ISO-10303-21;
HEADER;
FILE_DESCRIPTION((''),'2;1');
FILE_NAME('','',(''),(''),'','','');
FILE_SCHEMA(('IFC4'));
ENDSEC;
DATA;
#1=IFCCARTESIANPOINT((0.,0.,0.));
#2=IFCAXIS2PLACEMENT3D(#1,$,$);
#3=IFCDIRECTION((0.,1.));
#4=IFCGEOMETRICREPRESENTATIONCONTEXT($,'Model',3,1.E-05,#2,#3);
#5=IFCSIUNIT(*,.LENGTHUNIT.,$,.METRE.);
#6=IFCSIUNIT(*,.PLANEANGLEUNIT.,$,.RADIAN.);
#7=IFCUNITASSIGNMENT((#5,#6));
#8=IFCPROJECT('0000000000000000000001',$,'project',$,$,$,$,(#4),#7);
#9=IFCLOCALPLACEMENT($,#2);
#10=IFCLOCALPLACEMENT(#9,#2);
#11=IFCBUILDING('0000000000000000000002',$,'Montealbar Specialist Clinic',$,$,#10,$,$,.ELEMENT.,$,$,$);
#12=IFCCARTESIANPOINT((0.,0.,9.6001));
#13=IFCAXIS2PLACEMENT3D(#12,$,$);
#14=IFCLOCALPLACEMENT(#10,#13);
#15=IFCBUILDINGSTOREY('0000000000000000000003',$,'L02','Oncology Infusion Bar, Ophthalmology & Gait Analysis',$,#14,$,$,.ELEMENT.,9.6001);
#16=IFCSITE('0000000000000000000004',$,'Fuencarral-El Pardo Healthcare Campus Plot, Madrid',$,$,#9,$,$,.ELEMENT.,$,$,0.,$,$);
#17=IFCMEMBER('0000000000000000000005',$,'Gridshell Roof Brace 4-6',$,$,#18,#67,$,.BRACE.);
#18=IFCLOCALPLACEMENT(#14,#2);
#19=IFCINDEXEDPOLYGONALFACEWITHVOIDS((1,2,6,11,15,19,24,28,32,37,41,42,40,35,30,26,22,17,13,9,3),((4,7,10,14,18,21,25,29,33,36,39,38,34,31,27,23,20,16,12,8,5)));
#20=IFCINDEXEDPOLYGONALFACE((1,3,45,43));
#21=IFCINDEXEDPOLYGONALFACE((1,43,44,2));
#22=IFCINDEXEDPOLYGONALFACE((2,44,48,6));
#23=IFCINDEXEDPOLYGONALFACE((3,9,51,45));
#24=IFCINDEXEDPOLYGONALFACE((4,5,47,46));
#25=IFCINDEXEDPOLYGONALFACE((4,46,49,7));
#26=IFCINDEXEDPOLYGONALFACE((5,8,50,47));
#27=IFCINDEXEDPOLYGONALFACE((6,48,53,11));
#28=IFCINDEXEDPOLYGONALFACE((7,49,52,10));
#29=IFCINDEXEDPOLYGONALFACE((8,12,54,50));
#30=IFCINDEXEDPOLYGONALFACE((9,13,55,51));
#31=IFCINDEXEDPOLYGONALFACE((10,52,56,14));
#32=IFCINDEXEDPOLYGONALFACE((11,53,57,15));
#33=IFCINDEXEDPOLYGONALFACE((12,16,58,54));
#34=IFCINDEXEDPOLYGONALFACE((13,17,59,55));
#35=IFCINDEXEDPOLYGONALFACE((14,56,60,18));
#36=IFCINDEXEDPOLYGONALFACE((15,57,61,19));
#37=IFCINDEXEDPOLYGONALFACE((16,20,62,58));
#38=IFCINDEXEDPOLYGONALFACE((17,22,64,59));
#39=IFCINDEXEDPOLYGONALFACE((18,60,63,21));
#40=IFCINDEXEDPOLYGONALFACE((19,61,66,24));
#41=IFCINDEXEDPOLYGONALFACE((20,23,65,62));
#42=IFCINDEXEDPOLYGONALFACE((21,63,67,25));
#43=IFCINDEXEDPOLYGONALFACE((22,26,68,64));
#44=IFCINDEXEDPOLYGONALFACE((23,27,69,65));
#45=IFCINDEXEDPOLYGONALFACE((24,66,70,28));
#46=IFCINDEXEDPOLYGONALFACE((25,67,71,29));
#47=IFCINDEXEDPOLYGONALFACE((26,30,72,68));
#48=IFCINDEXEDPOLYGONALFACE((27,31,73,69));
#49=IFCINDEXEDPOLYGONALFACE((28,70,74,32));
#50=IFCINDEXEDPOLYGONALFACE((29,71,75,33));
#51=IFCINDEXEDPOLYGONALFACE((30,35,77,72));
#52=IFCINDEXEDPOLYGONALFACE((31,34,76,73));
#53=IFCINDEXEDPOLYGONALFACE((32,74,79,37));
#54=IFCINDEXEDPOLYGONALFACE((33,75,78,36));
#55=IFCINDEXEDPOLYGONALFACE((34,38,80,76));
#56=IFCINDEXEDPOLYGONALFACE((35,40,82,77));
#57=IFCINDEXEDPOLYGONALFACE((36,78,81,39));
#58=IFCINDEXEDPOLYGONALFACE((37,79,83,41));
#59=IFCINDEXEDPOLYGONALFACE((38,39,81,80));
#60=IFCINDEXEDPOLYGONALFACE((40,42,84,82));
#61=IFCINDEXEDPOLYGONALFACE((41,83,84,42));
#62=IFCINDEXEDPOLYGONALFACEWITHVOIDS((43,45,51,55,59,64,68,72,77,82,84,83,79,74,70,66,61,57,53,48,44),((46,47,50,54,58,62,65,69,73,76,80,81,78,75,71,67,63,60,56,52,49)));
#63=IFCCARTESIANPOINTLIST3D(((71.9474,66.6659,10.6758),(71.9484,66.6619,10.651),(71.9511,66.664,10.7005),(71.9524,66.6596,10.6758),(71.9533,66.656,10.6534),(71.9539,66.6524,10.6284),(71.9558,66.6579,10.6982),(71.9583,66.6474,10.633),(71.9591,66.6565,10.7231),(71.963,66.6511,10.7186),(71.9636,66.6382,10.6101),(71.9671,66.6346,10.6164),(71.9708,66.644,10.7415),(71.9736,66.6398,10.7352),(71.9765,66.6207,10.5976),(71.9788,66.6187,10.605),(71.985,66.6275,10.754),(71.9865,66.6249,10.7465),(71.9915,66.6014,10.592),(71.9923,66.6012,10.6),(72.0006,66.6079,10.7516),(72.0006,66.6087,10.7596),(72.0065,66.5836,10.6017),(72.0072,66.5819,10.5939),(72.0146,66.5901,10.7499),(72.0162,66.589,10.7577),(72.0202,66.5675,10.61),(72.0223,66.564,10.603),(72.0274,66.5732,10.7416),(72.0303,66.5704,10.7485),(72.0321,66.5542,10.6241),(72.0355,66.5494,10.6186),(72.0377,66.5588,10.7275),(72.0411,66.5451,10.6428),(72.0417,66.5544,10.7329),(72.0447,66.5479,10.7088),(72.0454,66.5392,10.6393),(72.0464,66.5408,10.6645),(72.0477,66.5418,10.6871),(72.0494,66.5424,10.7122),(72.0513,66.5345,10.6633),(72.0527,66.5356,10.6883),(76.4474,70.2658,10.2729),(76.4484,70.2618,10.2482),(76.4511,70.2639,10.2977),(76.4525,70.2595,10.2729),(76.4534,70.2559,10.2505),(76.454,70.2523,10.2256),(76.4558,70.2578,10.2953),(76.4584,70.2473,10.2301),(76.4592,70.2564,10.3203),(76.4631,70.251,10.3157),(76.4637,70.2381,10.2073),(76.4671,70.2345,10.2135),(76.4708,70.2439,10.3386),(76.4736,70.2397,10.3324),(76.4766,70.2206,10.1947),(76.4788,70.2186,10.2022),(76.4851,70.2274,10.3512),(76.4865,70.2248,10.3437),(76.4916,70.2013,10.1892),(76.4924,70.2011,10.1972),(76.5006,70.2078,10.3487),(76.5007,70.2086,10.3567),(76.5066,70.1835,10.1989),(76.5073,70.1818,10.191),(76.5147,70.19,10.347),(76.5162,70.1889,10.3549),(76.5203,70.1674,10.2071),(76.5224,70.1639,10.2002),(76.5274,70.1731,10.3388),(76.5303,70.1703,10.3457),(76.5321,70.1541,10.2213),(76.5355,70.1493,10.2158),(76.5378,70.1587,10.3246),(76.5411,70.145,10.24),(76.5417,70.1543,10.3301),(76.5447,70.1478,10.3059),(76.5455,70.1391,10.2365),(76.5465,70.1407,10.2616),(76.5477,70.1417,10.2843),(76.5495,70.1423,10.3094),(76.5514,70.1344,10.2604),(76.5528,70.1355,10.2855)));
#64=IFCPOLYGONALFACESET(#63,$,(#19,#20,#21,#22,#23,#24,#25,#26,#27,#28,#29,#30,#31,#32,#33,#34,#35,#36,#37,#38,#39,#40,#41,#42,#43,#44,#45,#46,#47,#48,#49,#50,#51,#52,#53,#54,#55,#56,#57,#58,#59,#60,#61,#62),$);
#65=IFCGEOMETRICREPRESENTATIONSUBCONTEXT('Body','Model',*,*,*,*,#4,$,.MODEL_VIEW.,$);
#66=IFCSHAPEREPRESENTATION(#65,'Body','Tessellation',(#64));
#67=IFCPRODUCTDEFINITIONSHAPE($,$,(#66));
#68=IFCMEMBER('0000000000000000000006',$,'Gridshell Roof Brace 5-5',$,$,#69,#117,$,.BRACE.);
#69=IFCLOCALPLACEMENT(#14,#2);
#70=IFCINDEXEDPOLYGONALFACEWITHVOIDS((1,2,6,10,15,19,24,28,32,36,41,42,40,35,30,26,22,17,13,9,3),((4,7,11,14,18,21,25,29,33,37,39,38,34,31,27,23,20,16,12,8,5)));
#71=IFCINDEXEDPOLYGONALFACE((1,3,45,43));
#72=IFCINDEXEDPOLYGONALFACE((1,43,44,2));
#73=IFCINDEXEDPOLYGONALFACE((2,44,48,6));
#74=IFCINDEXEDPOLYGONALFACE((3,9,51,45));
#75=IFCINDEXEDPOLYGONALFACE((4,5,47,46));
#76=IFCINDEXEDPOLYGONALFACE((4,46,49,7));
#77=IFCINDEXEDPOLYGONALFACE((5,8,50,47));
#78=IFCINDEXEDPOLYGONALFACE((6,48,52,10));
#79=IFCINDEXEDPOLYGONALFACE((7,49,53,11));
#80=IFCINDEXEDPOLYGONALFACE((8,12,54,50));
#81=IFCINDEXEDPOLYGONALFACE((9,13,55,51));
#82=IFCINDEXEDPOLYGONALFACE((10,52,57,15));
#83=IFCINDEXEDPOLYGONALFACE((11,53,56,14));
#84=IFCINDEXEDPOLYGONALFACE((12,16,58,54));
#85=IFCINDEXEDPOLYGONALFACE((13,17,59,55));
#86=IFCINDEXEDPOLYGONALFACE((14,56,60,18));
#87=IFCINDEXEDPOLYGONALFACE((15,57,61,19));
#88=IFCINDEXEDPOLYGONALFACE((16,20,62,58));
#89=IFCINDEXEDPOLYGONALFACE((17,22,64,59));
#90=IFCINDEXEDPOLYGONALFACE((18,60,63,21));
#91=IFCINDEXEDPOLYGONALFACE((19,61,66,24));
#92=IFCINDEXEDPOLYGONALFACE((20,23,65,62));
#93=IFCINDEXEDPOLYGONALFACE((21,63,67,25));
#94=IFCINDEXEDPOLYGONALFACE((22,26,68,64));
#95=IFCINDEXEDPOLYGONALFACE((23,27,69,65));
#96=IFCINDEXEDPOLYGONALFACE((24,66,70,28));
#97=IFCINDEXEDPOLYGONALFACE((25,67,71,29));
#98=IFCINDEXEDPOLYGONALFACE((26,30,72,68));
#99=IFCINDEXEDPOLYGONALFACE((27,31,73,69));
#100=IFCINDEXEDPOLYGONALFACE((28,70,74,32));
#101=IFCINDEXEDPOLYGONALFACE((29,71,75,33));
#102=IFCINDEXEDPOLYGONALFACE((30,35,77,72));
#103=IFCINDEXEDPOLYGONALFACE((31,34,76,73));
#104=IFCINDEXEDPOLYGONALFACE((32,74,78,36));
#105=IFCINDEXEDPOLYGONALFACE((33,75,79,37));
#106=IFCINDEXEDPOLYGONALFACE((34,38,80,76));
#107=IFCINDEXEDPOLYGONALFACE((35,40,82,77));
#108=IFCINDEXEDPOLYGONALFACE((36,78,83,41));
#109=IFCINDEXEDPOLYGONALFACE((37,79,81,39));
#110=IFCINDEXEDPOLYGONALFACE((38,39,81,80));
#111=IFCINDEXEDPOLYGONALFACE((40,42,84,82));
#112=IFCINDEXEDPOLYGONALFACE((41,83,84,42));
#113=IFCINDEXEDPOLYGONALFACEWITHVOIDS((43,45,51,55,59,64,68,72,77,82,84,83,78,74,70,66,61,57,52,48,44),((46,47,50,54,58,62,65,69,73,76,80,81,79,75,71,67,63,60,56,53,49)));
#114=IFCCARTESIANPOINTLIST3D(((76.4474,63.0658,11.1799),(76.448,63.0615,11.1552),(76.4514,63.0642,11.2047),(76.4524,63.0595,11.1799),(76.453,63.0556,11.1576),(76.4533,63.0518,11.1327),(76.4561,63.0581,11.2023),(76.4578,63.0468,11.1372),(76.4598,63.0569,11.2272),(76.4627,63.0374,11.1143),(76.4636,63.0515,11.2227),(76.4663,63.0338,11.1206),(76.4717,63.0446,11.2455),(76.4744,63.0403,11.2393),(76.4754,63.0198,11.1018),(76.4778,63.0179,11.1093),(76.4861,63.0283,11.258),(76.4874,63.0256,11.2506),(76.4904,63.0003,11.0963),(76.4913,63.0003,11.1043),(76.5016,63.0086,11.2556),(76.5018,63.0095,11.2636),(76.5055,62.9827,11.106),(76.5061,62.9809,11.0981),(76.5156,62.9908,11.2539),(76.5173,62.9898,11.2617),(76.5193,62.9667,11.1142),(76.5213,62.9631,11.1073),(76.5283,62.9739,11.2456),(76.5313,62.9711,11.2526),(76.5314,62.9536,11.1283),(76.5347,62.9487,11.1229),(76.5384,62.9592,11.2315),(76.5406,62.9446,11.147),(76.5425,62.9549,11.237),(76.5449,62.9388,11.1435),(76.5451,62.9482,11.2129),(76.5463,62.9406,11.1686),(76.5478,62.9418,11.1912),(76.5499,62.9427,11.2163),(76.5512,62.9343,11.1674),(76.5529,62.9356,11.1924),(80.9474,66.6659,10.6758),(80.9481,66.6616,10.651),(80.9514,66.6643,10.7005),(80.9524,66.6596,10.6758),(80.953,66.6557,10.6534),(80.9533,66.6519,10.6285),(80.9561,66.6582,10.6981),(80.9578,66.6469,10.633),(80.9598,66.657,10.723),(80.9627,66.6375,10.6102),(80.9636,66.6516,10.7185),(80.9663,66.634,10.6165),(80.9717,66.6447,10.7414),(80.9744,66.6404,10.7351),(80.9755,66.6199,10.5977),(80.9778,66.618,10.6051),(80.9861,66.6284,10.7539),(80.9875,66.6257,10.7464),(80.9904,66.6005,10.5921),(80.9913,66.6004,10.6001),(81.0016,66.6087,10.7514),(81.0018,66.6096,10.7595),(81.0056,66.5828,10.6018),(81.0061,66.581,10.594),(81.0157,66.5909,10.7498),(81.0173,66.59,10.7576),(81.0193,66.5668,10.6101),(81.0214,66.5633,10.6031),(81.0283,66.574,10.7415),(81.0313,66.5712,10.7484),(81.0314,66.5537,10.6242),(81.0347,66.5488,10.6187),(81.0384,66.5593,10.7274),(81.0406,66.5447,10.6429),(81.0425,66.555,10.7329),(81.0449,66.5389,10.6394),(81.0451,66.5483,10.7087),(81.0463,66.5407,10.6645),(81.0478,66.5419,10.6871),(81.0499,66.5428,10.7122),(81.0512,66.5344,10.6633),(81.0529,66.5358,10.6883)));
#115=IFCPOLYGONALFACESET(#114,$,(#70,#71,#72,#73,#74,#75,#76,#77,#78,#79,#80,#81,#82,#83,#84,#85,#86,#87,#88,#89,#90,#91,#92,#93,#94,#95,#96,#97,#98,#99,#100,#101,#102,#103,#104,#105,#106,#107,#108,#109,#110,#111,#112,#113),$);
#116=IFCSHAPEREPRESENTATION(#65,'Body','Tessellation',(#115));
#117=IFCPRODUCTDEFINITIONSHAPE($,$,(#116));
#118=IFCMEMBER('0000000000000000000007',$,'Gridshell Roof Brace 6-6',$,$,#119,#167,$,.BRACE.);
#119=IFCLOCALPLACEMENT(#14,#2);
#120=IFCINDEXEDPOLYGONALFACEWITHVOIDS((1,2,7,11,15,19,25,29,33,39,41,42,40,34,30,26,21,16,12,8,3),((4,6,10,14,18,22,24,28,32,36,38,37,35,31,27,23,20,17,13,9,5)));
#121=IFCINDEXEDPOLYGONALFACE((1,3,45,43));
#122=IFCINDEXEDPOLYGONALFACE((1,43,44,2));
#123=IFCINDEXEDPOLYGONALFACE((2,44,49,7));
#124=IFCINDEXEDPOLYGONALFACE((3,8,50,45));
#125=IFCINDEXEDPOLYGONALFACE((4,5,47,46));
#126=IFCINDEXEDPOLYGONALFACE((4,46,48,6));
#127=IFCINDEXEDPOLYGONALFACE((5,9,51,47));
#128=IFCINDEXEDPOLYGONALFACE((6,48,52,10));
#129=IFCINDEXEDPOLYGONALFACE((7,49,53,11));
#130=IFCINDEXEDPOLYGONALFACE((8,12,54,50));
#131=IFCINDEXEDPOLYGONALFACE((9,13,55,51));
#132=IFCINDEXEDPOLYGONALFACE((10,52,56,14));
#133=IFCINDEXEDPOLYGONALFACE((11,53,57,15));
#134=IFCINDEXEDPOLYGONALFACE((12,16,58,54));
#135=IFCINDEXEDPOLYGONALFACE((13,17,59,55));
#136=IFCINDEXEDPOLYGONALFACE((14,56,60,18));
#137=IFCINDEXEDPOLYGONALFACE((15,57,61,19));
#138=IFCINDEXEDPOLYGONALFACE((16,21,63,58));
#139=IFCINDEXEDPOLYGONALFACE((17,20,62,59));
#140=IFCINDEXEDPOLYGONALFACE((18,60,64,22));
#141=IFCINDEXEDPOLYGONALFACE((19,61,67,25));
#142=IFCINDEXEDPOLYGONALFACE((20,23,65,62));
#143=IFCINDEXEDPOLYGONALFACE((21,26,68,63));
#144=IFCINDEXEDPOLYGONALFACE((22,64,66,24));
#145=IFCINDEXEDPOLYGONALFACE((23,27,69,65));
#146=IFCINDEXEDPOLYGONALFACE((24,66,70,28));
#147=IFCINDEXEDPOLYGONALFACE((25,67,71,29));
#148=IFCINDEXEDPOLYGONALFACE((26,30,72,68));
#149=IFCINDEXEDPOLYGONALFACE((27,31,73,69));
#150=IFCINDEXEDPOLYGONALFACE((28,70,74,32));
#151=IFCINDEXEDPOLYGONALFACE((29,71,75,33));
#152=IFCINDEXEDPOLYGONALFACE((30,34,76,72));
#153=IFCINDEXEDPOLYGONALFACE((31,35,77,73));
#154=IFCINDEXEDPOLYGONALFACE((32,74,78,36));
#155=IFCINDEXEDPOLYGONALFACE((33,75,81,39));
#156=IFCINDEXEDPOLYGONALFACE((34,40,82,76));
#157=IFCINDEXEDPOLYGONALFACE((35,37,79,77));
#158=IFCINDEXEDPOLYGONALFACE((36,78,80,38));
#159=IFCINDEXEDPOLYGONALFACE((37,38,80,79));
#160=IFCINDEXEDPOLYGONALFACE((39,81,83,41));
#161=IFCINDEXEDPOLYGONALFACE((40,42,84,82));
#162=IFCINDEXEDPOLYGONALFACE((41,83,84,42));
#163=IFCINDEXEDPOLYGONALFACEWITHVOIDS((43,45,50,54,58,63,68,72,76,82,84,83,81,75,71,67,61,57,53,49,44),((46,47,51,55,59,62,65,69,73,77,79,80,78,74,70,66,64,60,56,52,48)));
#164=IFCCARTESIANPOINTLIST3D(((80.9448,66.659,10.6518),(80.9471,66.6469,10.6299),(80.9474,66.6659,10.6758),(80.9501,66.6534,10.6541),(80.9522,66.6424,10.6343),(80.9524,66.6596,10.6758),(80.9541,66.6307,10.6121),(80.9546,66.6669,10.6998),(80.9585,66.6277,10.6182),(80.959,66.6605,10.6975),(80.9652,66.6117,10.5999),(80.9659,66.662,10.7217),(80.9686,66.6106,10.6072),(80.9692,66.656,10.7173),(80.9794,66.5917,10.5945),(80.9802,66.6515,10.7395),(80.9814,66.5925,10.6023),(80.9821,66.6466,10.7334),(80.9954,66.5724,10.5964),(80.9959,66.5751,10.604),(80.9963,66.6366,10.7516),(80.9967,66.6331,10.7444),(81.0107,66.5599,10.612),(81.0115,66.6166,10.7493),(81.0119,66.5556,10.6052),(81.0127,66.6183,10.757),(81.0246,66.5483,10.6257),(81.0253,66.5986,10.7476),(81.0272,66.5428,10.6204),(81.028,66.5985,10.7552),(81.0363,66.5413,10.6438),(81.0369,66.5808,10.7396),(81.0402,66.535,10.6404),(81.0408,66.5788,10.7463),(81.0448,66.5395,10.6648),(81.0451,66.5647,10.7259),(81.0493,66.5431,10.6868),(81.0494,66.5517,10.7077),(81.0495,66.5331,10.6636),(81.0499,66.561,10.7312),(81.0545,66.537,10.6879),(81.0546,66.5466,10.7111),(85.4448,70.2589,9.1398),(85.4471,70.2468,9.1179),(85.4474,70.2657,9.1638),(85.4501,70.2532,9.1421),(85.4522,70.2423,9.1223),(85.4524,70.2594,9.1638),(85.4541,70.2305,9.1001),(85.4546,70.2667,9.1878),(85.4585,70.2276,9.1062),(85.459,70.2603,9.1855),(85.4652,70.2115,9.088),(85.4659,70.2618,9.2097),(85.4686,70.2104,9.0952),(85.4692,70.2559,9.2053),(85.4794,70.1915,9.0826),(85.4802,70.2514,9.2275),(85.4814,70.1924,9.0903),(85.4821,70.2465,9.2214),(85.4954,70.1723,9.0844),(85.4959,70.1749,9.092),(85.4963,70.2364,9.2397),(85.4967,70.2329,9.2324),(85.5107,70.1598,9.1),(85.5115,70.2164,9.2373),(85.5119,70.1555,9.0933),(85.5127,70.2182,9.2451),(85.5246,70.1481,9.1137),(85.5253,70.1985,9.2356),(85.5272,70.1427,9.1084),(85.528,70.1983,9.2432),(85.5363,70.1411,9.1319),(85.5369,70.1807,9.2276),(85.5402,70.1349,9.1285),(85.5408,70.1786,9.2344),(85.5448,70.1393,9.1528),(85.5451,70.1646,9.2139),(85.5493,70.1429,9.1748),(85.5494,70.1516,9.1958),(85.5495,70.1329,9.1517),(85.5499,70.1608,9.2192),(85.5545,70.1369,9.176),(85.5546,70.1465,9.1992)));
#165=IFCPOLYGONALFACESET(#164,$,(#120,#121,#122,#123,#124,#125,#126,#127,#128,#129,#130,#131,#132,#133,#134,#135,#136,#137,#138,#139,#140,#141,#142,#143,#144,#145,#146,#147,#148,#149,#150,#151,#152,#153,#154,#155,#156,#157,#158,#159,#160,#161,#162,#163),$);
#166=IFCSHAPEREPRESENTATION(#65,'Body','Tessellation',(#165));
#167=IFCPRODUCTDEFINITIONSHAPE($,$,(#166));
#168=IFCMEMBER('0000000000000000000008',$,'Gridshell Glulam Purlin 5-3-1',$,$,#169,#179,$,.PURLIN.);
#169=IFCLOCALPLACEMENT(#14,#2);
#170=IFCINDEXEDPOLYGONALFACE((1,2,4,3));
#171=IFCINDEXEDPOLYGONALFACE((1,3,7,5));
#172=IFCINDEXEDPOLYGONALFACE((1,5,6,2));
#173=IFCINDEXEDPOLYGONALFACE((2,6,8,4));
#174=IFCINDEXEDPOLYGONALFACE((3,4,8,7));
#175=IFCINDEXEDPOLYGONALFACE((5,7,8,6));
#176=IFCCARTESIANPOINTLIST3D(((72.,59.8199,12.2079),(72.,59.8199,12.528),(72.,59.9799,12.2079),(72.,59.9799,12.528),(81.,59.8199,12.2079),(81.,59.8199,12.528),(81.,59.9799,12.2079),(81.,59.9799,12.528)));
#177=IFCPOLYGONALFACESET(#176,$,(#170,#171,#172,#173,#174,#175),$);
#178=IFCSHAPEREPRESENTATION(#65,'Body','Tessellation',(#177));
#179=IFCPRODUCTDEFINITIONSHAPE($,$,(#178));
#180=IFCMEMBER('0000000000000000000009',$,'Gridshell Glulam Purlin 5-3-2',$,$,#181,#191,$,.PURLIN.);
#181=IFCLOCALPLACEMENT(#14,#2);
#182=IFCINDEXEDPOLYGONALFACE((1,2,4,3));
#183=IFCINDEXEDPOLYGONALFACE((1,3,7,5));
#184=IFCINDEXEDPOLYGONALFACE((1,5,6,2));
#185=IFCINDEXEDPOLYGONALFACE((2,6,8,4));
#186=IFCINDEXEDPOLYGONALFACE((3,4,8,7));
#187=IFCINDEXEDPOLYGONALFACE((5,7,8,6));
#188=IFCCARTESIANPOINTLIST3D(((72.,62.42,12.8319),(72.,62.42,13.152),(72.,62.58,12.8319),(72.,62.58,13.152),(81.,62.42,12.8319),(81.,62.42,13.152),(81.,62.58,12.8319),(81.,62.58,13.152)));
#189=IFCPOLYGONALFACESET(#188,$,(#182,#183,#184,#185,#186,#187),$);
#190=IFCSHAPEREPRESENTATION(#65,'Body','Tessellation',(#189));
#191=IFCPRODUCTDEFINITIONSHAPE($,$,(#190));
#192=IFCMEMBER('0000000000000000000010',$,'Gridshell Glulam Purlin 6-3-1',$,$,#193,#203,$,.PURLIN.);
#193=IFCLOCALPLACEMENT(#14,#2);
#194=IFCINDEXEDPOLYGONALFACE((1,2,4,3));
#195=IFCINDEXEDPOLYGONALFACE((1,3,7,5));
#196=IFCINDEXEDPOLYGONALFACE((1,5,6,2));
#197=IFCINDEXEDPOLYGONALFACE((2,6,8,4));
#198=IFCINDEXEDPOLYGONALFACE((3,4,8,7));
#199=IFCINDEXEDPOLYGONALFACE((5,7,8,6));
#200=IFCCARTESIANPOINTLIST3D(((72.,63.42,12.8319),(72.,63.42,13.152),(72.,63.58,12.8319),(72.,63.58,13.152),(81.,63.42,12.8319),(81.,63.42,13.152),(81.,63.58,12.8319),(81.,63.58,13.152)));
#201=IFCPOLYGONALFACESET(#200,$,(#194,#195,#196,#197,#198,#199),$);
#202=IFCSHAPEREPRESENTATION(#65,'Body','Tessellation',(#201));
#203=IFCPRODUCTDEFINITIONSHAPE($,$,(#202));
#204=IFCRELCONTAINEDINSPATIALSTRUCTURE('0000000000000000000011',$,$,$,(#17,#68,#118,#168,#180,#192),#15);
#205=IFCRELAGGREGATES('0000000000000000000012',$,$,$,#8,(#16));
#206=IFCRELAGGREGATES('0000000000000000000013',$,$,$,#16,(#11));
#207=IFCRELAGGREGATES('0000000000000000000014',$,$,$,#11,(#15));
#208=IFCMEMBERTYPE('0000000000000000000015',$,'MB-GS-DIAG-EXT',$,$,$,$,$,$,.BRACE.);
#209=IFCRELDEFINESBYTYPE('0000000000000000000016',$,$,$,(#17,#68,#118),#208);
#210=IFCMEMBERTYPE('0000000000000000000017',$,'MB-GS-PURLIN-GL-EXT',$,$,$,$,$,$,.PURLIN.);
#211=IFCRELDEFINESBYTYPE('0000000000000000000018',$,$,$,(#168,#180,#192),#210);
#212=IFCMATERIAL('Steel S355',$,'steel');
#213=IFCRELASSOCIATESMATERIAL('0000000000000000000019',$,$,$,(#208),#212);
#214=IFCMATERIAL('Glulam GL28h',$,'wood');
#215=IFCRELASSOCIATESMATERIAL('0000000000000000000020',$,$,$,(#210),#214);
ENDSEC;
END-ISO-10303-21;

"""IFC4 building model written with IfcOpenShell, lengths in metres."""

from ifc_helpers import new_model, si_unit, direction, frame, origin, origin_2d, place, context, subcontext, project, spatial, rectangle, hollow_circle, extrude, material, material_profile, profile_set, type_object, element, save


model = new_model("IFC4")

# Units and contexts
model_context = context("Model", 3, precision=1e-05, world=origin(), true_north=direction((0.0, 1.0)))
body_context = subcontext(model_context, "Body", "Model", "MODEL_VIEW")
ifc_project = project(units=[si_unit("LENGTHUNIT", "METRE"), si_unit("PLANEANGLEUNIT", "RADIAN")], contexts=[model_context])

# Site, building, storey
site_placement = place(None, origin())
site = spatial("IfcSite", under=ifc_project, at=site_placement, Name="Fuencarral-El Pardo Healthcare Campus Plot, Madrid", CompositionType="ELEMENT", RefElevation=0.0)
building_placement = place(site_placement, origin())
building = spatial("IfcBuilding", under=site, at=building_placement, Name="Montealbar Specialist Clinic", CompositionType="ELEMENT")
storey_placement = place(building_placement, frame((0.0, 0.0, 9.6001)))
storey = spatial("IfcBuildingStorey", under=building, at=storey_placement, Name="L02", Description="Oncology Infusion Bar, Ophthalmology & Gait Analysis", CompositionType="ELEMENT", Elevation=9.6001)

# Shared definitions
ifc_material_1 = material(Name="Steel S355", Category="steel")
ifc_material_2 = material(Name="Glulam GL28h", Category="wood")

# Members
ifc_material_profile_1 = material_profile(ifc_material_1, hollow_circle(Radius=0.0842, WallThickness=0.0081, at=origin_2d()), Name="CHS 168.3x8.0", Category="steel")
ifc_profile_set_1 = profile_set([ifc_material_profile_1], Name="Steel S355")
member_type_1 = type_object("IfcMemberType", Name="MB-GS-DIAG-EXT", PredefinedType="BRACE", material=ifc_profile_set_1)
member_1_placement = place(storey_placement, frame((72.0, 66.6001, 10.6758), z_axis=(0.77898, 0.623159, -0.069733), x_axis=(-0.62468, 0.780881, 0.0)))
element("IfcMember", 1, at=member_1_placement, inside=storey, type_object=member_type_1, Name="Gridshell Roof Brace 4-6", PredefinedType="BRACE", context=body_context, shape_type="SweptSolid", body=[
    extrude(hollow_circle(Radius=0.0842, WallThickness=0.0081, at=origin_2d()), origin(), (0.0, 0.0, 1.0), 5.7769),
])
member_2_placement = place(storey_placement, frame((76.5, 63.0, 11.1799), z_axis=(0.77789, 0.622329, -0.08715), x_axis=(-0.624705, 0.780861, 0.0)))
element("IfcMember", 2, at=member_2_placement, inside=storey, type_object=member_type_1, Name="Gridshell Roof Brace 5-5", PredefinedType="BRACE", context=body_context, shape_type="SweptSolid", body=[
    extrude(hollow_circle(Radius=0.0842, WallThickness=0.0081, at=origin_2d()), origin(), (0.0, 0.0, 1.0), 5.7849),
])
member_3_placement = place(storey_placement, frame((81.0, 66.6001, 10.6758), z_axis=(0.755317, 0.604229, -0.25378), x_axis=(-0.62468, 0.780881, 0.0)))
element("IfcMember", 3, at=member_3_placement, inside=storey, type_object=member_type_1, Name="Gridshell Roof Brace 6-6", PredefinedType="BRACE", context=body_context, shape_type="SweptSolid", body=[
    extrude(hollow_circle(Radius=0.0842, WallThickness=0.0081, at=origin_2d()), origin(), (0.0, 0.0, 1.0), 5.9578),
])
ifc_material_profile_2 = material_profile(ifc_material_2, rectangle(XDim=0.1599, YDim=0.3201, at=origin_2d()), Name="GL28h 160x320", Category="wood")
ifc_profile_set_2 = profile_set([ifc_material_profile_2], Name="Glulam GL28h")
member_type_2 = type_object("IfcMemberType", Name="MB-GS-PURLIN-GL-EXT", PredefinedType="PURLIN", material=ifc_profile_set_2)
for number, where, z_axis, x_axis, name in (
    (4, (72.0, 59.8999, 12.3679), (1.0, 0.0, 0.0), (0.0, 1.0, 0.0), "Gridshell Glulam Purlin 5-3-1"),
    (5, (72.0, 62.5, 12.9919), (1.0, 0.0, 0.0), (0.0, 1.0, 0.0), "Gridshell Glulam Purlin 5-3-2"),
    (6, (72.0, 63.5, 12.9919), (1.0, 0.0, 0.0), (0.0, 1.0, 0.0), "Gridshell Glulam Purlin 6-3-1"),
):
    element("IfcMember", number, at=place(storey_placement, frame(where, z_axis=z_axis, x_axis=x_axis)), inside=storey, type_object=member_type_2, Name=name, PredefinedType="PURLIN", context=body_context, shape_type="SweptSolid", body=[
        extrude(rectangle(XDim=0.1599, YDim=0.3201, at=origin_2d()), origin(), (0.0, 0.0, 1.0), 9.0),
    ])

save(model, "model.ifc")
